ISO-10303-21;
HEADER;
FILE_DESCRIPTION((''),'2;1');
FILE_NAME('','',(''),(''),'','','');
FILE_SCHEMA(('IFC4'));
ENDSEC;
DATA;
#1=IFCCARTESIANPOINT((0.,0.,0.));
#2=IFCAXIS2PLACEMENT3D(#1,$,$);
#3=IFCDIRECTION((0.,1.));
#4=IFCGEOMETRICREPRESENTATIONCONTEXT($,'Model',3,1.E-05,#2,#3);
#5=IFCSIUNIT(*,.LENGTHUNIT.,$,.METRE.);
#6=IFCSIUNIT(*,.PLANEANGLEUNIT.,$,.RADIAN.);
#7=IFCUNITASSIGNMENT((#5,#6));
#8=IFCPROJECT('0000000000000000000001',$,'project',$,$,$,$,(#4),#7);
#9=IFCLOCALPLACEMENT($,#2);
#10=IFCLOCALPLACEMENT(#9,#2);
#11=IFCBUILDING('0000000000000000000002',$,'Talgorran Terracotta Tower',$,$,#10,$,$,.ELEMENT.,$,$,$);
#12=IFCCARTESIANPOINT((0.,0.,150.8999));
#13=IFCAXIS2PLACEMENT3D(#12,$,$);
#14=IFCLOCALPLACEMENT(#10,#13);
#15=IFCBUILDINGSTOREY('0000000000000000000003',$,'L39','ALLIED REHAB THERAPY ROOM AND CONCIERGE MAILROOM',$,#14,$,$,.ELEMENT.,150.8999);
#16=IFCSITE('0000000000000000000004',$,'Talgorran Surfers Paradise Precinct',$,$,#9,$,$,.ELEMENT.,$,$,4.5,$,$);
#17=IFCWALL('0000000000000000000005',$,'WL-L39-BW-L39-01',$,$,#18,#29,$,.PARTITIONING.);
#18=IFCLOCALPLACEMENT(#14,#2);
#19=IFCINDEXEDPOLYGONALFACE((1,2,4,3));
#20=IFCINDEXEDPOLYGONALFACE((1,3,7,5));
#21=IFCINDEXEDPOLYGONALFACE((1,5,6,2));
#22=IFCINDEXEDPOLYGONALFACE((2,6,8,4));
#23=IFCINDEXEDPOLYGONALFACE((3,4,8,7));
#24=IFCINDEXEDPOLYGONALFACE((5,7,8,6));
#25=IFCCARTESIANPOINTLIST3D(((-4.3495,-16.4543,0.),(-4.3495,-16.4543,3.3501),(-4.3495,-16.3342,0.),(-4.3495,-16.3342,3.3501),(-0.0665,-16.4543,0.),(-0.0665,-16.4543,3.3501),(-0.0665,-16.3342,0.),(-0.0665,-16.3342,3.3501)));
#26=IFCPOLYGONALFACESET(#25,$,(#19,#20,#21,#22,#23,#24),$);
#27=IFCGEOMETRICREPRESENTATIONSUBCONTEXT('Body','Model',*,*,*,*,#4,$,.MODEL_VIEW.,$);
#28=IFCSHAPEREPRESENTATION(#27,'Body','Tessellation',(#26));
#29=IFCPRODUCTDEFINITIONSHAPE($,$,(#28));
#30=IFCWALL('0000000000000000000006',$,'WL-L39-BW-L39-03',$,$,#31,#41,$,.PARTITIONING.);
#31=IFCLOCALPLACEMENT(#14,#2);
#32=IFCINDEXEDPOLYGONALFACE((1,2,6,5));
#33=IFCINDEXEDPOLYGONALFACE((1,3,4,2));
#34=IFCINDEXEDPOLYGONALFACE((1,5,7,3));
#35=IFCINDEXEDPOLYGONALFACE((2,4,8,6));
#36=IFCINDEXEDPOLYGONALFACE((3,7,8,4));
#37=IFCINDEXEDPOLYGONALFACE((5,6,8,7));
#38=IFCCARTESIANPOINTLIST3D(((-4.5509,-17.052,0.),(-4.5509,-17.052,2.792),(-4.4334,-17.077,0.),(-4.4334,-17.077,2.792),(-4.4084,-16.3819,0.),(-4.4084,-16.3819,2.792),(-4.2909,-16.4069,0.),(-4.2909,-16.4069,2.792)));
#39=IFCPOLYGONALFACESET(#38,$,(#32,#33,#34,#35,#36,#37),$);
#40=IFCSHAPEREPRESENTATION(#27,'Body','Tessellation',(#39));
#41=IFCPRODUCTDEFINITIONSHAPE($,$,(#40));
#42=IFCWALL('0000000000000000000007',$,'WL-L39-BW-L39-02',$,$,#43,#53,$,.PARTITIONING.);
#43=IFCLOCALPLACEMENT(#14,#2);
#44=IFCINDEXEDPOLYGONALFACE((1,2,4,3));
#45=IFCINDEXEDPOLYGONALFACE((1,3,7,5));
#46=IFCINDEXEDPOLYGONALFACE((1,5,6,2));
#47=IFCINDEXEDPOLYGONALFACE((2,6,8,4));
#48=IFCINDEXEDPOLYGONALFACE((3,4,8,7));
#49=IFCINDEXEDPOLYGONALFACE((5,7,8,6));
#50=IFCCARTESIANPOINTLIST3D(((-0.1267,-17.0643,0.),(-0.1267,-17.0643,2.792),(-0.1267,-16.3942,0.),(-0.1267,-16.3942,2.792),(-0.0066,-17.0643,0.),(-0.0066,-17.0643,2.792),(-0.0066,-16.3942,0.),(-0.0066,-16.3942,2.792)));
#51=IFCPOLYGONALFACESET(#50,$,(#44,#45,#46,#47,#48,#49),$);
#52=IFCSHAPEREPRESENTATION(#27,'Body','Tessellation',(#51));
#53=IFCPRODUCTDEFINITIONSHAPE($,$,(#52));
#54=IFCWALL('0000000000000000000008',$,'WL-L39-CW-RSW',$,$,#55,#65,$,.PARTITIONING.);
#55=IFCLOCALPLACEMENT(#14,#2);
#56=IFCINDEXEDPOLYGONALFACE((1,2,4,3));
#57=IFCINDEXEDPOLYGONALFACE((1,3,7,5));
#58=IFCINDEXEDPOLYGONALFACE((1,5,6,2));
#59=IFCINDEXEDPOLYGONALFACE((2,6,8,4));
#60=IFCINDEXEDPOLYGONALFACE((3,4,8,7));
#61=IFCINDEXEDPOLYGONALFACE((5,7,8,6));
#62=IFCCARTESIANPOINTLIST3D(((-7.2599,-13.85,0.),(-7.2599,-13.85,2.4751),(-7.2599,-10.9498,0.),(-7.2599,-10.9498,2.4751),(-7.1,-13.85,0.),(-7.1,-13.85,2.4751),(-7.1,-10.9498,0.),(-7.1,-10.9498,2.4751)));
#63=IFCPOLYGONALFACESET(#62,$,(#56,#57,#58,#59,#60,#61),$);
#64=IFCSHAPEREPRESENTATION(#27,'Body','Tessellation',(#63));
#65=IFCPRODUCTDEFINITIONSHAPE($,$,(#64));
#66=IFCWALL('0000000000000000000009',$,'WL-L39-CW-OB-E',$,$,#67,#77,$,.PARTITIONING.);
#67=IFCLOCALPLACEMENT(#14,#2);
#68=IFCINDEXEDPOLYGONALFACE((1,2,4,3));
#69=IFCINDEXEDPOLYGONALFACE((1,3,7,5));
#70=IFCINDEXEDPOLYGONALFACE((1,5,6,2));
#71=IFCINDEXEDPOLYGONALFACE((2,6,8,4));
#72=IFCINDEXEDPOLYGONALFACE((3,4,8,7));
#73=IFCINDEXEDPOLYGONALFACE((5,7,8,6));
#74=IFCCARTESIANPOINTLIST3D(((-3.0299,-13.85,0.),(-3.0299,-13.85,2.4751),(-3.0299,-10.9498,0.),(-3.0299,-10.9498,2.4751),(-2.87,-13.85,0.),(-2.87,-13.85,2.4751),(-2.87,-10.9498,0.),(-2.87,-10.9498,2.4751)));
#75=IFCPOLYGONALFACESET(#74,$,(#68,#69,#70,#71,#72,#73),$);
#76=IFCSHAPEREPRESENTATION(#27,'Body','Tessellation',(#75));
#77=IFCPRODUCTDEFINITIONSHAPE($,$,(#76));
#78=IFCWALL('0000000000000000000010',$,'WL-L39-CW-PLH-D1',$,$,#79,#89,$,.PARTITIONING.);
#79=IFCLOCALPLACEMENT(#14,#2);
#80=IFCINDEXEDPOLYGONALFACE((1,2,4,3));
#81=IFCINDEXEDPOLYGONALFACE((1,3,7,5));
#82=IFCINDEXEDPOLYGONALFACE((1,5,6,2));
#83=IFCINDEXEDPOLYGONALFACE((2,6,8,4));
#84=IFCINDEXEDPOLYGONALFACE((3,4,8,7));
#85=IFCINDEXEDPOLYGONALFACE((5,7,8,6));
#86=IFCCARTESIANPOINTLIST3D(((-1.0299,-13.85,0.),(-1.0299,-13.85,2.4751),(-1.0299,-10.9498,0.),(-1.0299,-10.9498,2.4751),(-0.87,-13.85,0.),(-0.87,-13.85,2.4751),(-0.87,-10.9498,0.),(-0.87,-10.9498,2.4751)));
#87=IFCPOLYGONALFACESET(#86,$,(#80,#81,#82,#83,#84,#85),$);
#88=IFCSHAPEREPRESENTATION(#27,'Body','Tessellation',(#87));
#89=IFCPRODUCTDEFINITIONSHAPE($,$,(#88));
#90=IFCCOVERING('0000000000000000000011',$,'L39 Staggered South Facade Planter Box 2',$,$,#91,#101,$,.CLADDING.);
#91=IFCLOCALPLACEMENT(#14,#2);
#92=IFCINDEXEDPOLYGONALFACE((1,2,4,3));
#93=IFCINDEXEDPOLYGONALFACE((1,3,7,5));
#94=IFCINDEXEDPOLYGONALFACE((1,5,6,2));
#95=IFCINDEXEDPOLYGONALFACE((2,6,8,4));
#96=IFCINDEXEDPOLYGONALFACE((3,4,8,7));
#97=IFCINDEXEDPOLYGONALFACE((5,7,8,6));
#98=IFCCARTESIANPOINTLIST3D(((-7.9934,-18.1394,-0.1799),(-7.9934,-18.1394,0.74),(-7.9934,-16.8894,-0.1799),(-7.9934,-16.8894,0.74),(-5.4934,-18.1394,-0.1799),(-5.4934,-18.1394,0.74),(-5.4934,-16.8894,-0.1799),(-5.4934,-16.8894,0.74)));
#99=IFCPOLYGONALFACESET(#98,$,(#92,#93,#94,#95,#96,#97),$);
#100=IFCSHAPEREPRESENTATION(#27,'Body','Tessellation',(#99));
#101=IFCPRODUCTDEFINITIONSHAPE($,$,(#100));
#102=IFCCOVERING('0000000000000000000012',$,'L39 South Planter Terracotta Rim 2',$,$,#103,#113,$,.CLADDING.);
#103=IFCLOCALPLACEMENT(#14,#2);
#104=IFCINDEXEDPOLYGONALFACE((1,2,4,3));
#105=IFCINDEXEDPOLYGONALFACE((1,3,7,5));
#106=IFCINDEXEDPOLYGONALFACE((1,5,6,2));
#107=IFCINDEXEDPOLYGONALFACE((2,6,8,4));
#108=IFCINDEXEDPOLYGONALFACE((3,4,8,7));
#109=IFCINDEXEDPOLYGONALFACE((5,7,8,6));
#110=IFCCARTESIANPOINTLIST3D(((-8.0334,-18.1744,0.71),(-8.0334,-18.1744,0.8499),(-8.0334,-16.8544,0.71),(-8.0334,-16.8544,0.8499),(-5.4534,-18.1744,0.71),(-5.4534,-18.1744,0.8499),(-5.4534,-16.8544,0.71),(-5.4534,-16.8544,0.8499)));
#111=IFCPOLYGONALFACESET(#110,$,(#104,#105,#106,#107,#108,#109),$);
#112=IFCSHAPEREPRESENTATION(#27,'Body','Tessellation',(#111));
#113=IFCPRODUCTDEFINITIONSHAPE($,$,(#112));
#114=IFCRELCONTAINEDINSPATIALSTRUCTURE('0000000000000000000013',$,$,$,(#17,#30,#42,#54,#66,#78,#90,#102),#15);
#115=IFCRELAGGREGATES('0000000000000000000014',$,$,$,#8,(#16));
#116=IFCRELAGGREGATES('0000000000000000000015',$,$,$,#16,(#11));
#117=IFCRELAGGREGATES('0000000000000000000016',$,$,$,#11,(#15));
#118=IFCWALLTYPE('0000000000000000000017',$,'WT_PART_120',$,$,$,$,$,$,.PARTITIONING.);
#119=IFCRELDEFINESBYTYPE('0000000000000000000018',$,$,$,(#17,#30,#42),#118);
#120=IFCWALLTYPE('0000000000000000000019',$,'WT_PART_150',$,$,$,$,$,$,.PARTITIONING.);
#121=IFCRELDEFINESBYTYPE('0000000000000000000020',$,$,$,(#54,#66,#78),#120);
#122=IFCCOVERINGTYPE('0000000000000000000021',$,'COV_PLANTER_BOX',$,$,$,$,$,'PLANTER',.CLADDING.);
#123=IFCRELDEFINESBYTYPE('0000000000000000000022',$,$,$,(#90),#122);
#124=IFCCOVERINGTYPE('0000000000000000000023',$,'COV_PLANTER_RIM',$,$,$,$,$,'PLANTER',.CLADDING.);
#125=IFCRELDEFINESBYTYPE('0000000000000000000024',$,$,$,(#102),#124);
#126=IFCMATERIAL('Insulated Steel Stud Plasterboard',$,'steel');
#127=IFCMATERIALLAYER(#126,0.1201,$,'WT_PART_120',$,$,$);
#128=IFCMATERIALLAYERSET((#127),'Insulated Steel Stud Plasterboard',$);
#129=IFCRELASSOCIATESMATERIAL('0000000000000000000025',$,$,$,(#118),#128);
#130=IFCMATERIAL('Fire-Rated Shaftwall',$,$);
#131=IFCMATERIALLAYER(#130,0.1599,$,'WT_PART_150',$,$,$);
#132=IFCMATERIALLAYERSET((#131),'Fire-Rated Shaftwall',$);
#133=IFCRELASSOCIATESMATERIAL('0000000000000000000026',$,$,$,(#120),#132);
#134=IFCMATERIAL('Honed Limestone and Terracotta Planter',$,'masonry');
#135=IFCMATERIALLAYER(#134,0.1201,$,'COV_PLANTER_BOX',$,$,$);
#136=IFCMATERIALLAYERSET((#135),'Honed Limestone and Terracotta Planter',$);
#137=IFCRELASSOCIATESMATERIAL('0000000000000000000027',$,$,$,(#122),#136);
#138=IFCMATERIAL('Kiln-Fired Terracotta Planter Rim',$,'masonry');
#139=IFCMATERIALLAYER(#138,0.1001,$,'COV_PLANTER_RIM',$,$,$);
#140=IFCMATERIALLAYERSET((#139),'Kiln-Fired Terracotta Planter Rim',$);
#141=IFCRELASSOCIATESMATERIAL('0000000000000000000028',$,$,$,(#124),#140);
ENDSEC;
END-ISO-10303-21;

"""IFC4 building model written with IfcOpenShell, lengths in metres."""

from ifc_helpers import new_model, si_unit, direction, frame, frame_2d, origin, origin_2d, place, context, subcontext, project, spatial, rectangle, extrude, material, layer, layer_set, type_object, element, save


model = new_model("IFC4")

# Units and contexts
model_context = context("Model", 3, precision=1e-05, world=origin(), true_north=direction((0.0, 1.0)))
body_context = subcontext(model_context, "Body", "Model", "MODEL_VIEW")
ifc_project = project(units=[si_unit("LENGTHUNIT", "METRE"), si_unit("PLANEANGLEUNIT", "RADIAN")], contexts=[model_context])

# Site, building, storey
site_placement = place(None, origin())
site = spatial("IfcSite", under=ifc_project, at=site_placement, Name="Talgorran Surfers Paradise Precinct", CompositionType="ELEMENT", RefElevation=4.5)
building_placement = place(site_placement, origin())
building = spatial("IfcBuilding", under=site, at=building_placement, Name="Talgorran Terracotta Tower", CompositionType="ELEMENT")
storey_placement = place(building_placement, frame((0.0, 0.0, 150.8999)))
storey = spatial("IfcBuildingStorey", under=building, at=storey_placement, Name="L39", Description="ALLIED REHAB THERAPY ROOM AND CONCIERGE MAILROOM", CompositionType="ELEMENT", Elevation=150.8999)

# Walls
ifc_material_1 = material(Name="Insulated Steel Stud Plasterboard", Category="steel")
ifc_layer_1 = layer(ifc_material_1, 0.1201, Name="WT_PART_120")
ifc_layer_set_1 = layer_set([ifc_layer_1], Name="Insulated Steel Stud Plasterboard")
wall_type_1 = type_object("IfcWallType", Name="WT_PART_120", PredefinedType="PARTITIONING", material=ifc_layer_set_1)
wall_1_placement = place(storey_placement, frame((-4.3496, -16.3943, 0.0), z_axis=(0.0, 0.0, 1.0), x_axis=(1.0, 0.0, 0.0)))
element("IfcWall", 1, at=wall_1_placement, inside=storey, type_object=wall_type_1, Name="WL-L39-BW-L39-01", PredefinedType="PARTITIONING", context=body_context, shape_type="SweptSolid", body=[
    extrude(rectangle(XDim=4.283, YDim=0.1201, at=frame_2d((2.1416, 0.0))), origin(), (0.0, 0.0, 1.0), 3.3501),
])
wall_2_placement = place(storey_placement, frame((-4.4922, -17.0645, 0.0), z_axis=(0.0, 0.0, 1.0), x_axis=(0.208093, 0.978109, 0.0)))
element("IfcWall", 2, at=wall_2_placement, inside=storey, type_object=wall_type_1, Name="WL-L39-BW-L39-03", PredefinedType="PARTITIONING", context=body_context, shape_type="SweptSolid", body=[
    extrude(rectangle(XDim=0.6851, YDim=0.1201, at=frame_2d((0.3425, 0.0))), origin(), (0.0, 0.0, 1.0), 2.792),
])
wall_3_placement = place(storey_placement, frame((-0.0667, -16.3943, 0.0), z_axis=(0.0, 0.0, 1.0), x_axis=(0.0, -1.0, 0.0)))
element("IfcWall", 3, at=wall_3_placement, inside=storey, type_object=wall_type_1, Name="WL-L39-BW-L39-02", PredefinedType="PARTITIONING", context=body_context, shape_type="SweptSolid", body=[
    extrude(rectangle(XDim=0.6702, YDim=0.1201, at=frame_2d((0.335, 0.0))), origin(), (0.0, 0.0, 1.0), 2.792),
])
ifc_material_2 = material(Name="Fire-Rated Shaftwall")
ifc_layer_2 = layer(ifc_material_2, 0.1599, Name="WT_PART_150")
ifc_layer_set_2 = layer_set([ifc_layer_2], Name="Fire-Rated Shaftwall")
wall_type_2 = type_object("IfcWallType", Name="WT_PART_150", PredefinedType="PARTITIONING", material=ifc_layer_set_2)
for number, where, z_axis, x_axis, name in (
    (4, (-7.1799, -13.8501, 0.0), (0.0, 0.0, 1.0), (0.0, 1.0, 0.0), "WL-L39-CW-RSW"),
    (5, (-2.95, -13.8501, 0.0), (0.0, 0.0, 1.0), (0.0, 1.0, 0.0), "WL-L39-CW-OB-E"),
    (6, (-0.95, -13.8501, 0.0), (0.0, 0.0, 1.0), (0.0, 1.0, 0.0), "WL-L39-CW-PLH-D1"),
):
    element("IfcWall", number, at=place(storey_placement, frame(where, z_axis=z_axis, x_axis=x_axis)), inside=storey, type_object=wall_type_2, Name=name, PredefinedType="PARTITIONING", context=body_context, shape_type="SweptSolid", body=[
        extrude(rectangle(XDim=2.9001, YDim=0.1599, at=frame_2d((1.4502, 0.0))), origin(), (0.0, 0.0, 1.0), 2.4751),
    ])

# Coverings
ifc_material_3 = material(Name="Honed Limestone and Terracotta Planter", Category="masonry")
ifc_layer_3 = layer(ifc_material_3, 0.1201, Name="COV_PLANTER_BOX")
ifc_layer_set_3 = layer_set([ifc_layer_3], Name="Honed Limestone and Terracotta Planter")
covering_type_1 = type_object("IfcCoveringType", Name="COV_PLANTER_BOX", ElementType="PLANTER", PredefinedType="CLADDING", material=ifc_layer_set_3)
covering_1_placement = place(storey_placement, frame((-6.7434, -17.5144, -0.1799), z_axis=(0.0, 0.0, 1.0), x_axis=(1.0, 0.0, 0.0)))
element("IfcCovering", 7, at=covering_1_placement, inside=storey, type_object=covering_type_1, Name="L39 Staggered South Facade Planter Box 2", PredefinedType="CLADDING", context=body_context, shape_type="SweptSolid", body=[
    extrude(rectangle(XDim=2.5, YDim=1.25, at=origin_2d()), origin(), (0.0, 0.0, 1.0), 0.9199),
])
ifc_material_4 = material(Name="Kiln-Fired Terracotta Planter Rim", Category="masonry")
ifc_layer_4 = layer(ifc_material_4, 0.1001, Name="COV_PLANTER_RIM")
ifc_layer_set_4 = layer_set([ifc_layer_4], Name="Kiln-Fired Terracotta Planter Rim")
covering_type_2 = type_object("IfcCoveringType", Name="COV_PLANTER_RIM", ElementType="PLANTER", PredefinedType="CLADDING", material=ifc_layer_set_4)
covering_2_placement = place(storey_placement, frame((-6.7434, -17.5144, 0.71), z_axis=(0.0, 0.0, 1.0), x_axis=(1.0, 0.0, 0.0)))
element("IfcCovering", 8, at=covering_2_placement, inside=storey, type_object=covering_type_2, Name="L39 South Planter Terracotta Rim 2", PredefinedType="CLADDING", context=body_context, shape_type="SweptSolid", body=[
    extrude(rectangle(XDim=2.5801, YDim=1.3201, at=origin_2d()), origin(), (0.0, 0.0, 1.0), 0.1399),
])

save(model, "model.ifc")
